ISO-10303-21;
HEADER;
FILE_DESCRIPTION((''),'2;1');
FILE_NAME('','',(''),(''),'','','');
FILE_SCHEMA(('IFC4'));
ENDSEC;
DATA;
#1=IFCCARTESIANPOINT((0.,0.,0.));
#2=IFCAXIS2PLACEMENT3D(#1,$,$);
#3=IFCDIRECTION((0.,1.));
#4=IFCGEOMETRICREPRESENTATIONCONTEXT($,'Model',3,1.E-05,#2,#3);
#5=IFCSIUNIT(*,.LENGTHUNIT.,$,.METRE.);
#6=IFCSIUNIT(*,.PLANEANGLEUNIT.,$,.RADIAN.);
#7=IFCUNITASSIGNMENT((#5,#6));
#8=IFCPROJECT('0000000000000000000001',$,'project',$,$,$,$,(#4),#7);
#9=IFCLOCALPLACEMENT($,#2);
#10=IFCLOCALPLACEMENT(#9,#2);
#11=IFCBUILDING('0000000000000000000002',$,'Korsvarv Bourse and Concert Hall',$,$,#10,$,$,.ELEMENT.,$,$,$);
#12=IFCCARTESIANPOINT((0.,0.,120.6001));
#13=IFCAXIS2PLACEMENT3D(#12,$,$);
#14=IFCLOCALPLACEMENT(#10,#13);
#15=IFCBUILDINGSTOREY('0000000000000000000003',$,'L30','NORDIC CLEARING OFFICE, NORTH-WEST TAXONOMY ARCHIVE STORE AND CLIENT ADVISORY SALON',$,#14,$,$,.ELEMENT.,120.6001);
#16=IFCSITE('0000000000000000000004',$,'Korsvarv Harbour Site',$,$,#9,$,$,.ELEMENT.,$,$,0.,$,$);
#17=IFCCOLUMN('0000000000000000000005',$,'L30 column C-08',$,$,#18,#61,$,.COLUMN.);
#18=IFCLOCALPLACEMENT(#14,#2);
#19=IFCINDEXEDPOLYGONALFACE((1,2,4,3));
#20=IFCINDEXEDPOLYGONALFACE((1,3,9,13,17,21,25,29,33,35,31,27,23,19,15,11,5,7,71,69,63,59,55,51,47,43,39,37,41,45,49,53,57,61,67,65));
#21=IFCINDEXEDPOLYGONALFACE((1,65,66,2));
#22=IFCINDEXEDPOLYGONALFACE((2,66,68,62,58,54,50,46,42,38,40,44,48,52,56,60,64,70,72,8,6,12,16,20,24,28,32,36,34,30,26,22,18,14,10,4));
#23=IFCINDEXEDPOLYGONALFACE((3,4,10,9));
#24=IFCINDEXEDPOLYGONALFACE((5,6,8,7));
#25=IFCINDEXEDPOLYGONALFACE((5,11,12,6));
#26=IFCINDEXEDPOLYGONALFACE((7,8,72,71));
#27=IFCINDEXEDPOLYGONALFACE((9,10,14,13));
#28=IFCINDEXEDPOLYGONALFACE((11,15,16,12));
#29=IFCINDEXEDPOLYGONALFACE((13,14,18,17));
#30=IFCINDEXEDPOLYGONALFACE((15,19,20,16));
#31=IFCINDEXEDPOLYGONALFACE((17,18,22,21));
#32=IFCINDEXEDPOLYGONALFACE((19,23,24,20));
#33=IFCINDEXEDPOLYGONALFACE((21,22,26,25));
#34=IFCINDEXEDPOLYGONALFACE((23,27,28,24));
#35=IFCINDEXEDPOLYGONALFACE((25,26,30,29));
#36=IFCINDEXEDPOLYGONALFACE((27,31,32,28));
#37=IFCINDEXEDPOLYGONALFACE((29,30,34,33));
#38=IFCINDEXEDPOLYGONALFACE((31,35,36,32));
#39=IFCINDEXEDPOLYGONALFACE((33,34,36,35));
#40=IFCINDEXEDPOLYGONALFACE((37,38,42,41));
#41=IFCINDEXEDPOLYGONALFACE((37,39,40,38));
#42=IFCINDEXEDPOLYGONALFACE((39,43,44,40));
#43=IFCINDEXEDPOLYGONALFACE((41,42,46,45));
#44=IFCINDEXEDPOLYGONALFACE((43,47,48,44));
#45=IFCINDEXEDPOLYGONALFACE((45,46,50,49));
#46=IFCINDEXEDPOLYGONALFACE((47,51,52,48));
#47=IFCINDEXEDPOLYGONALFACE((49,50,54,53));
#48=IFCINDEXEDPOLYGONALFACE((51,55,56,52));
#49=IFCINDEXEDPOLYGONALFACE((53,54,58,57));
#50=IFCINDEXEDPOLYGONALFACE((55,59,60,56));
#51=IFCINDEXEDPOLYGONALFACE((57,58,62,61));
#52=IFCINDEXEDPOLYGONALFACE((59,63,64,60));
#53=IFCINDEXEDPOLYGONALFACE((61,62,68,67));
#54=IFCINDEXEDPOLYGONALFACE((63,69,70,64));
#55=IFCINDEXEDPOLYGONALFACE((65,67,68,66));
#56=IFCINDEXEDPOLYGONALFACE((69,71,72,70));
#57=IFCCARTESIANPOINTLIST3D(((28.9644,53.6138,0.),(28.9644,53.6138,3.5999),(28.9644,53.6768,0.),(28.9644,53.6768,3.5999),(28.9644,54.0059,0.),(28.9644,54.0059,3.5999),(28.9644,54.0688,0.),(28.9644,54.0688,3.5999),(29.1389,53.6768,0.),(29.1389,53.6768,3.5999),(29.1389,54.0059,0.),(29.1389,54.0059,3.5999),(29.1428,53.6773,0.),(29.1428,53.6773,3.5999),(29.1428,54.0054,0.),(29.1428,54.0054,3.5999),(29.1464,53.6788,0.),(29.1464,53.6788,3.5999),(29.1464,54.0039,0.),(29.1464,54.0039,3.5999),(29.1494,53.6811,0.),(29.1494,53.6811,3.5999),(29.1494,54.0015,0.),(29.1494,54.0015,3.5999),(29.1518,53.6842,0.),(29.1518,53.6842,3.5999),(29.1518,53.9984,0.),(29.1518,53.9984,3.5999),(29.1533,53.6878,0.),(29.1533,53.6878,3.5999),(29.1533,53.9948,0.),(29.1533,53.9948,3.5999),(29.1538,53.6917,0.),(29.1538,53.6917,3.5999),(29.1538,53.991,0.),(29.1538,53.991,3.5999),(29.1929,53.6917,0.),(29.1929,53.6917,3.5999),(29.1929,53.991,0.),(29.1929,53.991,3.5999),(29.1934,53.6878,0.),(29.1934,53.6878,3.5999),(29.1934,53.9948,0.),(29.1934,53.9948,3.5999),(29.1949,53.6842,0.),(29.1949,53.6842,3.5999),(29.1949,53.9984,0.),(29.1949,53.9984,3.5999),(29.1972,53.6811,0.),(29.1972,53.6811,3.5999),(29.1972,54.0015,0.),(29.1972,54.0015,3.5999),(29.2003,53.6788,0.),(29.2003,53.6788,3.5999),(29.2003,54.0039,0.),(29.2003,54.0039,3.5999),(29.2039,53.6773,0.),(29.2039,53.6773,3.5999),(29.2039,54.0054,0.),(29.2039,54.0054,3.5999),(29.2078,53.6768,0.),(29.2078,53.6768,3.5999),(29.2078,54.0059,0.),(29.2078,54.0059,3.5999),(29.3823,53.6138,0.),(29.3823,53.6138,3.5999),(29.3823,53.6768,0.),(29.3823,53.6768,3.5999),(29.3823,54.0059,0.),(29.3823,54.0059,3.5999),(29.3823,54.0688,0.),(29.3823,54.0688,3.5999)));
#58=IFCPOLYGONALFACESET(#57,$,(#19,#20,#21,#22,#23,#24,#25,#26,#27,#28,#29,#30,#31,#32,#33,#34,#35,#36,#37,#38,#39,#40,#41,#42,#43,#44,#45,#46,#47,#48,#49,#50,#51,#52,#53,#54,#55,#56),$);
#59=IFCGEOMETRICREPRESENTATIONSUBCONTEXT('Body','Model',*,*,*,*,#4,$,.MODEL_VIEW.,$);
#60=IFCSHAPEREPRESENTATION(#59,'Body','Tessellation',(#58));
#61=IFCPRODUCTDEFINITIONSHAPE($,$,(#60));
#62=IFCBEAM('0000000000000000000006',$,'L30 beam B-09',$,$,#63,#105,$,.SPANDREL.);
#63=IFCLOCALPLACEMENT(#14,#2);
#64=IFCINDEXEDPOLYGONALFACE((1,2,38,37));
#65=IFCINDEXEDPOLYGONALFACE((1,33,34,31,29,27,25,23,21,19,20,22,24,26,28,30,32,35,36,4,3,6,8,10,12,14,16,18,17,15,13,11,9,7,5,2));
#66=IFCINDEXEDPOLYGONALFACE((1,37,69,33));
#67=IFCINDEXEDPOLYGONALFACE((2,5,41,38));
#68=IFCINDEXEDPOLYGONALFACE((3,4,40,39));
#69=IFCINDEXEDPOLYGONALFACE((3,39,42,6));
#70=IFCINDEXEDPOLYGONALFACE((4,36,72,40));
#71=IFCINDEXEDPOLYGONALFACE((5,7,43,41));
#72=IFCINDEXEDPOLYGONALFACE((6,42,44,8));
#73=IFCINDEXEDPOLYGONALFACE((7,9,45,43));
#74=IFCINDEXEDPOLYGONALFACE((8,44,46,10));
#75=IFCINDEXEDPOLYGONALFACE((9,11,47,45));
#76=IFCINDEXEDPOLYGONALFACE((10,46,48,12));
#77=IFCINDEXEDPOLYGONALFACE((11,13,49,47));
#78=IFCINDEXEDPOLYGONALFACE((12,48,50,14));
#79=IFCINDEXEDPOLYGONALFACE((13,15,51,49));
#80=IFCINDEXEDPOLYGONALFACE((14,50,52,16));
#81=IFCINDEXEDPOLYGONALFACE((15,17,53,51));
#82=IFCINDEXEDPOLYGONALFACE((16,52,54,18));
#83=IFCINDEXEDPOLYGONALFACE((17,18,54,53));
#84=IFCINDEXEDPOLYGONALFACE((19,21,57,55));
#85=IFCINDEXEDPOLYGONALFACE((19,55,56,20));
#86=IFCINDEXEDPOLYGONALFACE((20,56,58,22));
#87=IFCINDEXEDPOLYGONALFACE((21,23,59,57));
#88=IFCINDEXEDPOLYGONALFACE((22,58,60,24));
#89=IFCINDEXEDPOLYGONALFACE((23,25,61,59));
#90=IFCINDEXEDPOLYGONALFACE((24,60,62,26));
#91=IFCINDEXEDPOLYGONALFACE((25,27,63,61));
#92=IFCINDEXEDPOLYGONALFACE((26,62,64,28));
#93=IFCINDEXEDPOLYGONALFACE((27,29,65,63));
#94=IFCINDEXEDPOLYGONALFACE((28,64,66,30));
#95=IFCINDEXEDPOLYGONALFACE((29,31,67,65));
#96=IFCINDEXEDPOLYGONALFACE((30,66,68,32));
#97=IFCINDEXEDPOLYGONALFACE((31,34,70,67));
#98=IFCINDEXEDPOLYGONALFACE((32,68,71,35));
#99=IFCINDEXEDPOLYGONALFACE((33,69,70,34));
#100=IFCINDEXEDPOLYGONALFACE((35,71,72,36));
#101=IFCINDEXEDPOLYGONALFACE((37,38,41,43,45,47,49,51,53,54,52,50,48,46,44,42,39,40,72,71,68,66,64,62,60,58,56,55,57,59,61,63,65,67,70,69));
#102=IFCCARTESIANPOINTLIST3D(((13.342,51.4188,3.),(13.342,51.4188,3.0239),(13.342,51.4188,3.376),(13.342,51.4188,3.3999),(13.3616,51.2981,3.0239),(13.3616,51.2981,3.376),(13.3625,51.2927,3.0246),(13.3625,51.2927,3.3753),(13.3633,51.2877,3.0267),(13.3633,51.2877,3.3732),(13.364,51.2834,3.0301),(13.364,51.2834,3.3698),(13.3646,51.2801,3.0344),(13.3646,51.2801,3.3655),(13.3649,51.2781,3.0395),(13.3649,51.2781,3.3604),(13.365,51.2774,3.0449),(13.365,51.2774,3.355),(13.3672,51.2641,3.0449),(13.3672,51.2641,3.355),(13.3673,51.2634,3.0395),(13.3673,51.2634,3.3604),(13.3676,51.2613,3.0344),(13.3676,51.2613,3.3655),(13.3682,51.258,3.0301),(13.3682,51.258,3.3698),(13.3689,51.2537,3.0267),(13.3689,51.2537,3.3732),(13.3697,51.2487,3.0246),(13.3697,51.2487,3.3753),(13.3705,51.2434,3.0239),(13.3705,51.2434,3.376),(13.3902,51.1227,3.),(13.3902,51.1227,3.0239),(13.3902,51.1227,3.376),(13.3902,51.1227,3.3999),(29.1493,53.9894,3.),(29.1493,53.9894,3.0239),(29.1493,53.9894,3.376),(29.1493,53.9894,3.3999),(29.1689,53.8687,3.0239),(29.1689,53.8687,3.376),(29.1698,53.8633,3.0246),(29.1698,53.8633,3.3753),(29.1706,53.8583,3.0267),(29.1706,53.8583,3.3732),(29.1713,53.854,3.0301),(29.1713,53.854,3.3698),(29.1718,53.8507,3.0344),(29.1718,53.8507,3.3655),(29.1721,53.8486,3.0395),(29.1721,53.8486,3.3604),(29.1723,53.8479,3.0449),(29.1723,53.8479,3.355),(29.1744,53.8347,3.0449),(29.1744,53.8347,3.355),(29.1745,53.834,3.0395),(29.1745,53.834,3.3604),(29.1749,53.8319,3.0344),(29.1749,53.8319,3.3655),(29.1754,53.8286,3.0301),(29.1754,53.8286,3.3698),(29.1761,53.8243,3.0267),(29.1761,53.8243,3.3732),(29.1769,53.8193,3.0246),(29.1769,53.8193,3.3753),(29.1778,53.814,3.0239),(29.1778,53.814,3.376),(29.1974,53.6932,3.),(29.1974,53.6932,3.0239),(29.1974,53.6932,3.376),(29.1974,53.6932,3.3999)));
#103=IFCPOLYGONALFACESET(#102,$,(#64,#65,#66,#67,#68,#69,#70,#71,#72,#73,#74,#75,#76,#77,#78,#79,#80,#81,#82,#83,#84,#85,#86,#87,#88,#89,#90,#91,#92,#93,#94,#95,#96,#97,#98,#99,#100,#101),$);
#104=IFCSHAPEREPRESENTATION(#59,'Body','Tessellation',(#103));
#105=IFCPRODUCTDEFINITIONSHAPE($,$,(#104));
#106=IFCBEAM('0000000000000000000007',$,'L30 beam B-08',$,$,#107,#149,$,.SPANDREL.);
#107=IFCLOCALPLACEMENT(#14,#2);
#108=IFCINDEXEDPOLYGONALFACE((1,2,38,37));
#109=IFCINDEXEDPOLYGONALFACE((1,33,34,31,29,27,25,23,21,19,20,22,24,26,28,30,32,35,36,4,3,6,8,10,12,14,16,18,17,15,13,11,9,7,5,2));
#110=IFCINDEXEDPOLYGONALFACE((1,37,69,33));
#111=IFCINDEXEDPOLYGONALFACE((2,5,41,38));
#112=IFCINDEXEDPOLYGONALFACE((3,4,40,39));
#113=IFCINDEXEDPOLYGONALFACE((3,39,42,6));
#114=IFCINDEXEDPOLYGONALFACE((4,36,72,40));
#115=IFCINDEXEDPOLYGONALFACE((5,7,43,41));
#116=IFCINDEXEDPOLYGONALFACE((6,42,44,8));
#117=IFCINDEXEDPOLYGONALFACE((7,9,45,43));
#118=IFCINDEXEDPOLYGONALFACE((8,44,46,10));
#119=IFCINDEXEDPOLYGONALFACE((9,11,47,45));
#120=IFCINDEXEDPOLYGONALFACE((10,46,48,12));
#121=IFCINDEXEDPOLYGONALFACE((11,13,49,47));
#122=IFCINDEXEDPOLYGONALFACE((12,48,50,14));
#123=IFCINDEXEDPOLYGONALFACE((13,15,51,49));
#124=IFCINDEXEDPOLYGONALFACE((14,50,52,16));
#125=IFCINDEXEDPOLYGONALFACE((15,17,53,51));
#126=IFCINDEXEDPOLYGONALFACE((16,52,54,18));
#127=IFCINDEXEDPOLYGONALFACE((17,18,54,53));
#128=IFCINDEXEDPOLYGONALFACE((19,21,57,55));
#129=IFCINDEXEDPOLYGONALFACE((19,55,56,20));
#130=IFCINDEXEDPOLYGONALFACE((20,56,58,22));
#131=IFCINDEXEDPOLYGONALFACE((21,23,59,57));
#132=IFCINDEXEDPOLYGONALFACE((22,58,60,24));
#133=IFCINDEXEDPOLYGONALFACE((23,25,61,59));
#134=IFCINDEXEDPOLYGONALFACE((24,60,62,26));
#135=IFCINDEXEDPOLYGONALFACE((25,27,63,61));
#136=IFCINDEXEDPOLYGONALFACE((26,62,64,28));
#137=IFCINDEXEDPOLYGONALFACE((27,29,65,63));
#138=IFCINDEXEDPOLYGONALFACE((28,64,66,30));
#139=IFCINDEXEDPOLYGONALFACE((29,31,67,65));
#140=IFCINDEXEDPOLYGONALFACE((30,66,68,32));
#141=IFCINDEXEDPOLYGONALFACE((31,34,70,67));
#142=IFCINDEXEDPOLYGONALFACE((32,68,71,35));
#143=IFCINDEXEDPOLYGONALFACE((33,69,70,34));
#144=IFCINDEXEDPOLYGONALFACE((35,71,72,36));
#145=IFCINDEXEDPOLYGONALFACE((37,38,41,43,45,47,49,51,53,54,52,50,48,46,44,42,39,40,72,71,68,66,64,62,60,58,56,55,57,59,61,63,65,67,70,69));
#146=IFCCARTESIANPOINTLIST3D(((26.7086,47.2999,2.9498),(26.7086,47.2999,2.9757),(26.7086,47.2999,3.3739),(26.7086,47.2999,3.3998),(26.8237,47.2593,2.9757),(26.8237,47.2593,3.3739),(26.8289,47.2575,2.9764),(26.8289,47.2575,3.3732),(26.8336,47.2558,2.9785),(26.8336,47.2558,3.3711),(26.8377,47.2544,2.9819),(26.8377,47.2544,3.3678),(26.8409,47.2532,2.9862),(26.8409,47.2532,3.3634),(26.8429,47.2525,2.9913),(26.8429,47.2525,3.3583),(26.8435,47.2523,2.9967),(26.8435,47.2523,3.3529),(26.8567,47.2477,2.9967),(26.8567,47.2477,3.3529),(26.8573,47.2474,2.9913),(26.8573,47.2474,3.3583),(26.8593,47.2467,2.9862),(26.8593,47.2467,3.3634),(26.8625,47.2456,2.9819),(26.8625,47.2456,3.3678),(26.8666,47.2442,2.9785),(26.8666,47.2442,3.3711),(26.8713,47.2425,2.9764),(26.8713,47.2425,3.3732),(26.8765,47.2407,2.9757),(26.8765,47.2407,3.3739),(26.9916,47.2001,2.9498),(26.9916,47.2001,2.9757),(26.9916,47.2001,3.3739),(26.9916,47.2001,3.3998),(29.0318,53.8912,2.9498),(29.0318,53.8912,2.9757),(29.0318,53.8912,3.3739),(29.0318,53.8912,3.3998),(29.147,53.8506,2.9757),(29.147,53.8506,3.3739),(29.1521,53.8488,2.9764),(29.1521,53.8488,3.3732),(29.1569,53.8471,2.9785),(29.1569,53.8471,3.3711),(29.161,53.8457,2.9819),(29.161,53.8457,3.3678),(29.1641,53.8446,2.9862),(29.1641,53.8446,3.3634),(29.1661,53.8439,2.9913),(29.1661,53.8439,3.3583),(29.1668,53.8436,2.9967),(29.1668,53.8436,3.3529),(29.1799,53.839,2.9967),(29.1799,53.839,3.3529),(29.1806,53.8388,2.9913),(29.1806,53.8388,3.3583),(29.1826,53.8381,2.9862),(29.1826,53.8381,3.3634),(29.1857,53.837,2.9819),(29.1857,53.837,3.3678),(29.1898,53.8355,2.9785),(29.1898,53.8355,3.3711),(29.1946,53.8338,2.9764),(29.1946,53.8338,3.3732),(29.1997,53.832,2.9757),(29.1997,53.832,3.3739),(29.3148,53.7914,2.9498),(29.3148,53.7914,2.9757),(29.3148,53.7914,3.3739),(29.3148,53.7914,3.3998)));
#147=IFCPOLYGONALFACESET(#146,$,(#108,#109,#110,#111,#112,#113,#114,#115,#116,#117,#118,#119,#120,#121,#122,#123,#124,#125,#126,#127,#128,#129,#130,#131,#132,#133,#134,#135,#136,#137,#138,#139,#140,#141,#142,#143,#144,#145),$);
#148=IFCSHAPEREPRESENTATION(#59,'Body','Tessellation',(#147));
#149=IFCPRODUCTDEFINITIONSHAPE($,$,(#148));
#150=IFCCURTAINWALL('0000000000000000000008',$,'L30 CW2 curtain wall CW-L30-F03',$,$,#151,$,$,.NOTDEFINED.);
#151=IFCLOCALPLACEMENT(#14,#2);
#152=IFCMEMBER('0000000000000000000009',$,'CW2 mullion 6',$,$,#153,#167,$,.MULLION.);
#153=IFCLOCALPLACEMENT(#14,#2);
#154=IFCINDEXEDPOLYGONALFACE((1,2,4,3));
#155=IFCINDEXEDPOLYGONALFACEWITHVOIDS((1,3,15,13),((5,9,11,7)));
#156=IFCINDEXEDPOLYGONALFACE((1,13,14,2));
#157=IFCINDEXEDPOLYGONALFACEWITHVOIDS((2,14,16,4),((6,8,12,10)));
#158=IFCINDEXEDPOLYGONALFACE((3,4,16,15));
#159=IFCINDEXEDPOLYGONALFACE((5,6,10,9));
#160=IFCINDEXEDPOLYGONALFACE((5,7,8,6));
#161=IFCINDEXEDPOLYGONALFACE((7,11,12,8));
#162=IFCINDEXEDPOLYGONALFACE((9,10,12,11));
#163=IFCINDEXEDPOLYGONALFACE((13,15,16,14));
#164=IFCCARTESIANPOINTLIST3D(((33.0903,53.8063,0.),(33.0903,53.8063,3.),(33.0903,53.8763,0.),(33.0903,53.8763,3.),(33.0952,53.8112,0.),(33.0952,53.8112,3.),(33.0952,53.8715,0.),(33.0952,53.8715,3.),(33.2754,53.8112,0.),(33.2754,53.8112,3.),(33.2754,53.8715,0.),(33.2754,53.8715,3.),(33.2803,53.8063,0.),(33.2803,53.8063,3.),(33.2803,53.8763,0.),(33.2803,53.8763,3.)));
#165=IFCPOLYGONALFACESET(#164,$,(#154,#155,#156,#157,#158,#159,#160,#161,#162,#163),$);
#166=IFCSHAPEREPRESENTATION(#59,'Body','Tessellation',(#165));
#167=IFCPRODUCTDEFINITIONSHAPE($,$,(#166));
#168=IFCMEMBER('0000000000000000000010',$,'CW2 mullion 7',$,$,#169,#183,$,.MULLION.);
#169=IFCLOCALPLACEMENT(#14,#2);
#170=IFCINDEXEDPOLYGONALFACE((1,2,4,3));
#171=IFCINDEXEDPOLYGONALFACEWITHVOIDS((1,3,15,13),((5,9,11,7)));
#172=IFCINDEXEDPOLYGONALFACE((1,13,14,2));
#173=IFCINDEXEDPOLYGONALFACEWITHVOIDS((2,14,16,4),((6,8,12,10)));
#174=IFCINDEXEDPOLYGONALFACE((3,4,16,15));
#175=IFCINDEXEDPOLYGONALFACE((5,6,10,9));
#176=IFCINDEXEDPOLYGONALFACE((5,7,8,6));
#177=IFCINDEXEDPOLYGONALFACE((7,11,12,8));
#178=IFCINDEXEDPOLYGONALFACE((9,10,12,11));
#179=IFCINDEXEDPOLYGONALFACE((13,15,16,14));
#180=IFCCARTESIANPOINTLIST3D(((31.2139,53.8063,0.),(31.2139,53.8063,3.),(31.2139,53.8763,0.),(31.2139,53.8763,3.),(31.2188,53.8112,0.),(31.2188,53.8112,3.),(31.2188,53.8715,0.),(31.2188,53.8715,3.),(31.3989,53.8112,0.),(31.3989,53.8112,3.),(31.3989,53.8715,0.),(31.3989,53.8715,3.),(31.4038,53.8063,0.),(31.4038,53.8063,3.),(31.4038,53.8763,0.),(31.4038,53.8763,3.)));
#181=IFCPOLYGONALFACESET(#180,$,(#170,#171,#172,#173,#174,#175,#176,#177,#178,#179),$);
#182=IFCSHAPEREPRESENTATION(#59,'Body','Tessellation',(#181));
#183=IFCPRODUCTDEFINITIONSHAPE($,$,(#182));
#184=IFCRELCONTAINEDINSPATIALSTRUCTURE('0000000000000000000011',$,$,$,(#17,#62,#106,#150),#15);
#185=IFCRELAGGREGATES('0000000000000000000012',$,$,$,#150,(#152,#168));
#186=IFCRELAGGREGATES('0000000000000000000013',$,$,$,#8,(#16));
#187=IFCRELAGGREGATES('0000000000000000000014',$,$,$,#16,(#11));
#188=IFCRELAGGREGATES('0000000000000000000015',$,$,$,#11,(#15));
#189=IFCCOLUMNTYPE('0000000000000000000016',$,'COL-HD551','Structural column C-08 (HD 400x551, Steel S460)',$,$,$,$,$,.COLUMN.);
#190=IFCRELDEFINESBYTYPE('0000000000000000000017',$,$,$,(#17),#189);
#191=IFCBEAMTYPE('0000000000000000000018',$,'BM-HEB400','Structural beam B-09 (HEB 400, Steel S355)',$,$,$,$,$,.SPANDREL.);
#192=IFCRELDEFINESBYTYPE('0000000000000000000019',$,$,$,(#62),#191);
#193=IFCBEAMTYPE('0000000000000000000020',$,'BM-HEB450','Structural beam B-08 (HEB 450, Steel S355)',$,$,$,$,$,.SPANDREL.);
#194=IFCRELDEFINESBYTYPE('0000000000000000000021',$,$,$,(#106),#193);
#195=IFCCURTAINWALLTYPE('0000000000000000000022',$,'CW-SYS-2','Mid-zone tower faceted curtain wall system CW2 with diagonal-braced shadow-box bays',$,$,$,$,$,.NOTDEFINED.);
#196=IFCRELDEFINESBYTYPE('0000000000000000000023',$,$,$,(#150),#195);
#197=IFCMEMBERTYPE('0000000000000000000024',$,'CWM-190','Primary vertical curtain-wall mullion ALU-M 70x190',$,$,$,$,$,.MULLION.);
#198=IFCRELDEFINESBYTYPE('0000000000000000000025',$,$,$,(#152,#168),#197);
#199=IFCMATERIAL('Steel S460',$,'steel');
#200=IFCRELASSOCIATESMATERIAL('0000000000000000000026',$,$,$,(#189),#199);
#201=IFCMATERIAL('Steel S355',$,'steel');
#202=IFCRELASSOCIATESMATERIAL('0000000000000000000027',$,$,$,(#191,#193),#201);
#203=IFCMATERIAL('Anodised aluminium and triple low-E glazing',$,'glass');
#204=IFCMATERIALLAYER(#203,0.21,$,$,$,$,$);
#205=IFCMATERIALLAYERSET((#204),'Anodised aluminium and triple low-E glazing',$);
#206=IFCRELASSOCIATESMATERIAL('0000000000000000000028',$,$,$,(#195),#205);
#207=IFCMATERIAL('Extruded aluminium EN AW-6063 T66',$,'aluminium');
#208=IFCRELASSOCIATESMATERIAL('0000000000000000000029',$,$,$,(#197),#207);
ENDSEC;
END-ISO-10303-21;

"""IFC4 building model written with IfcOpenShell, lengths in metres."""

from ifc_helpers import new_model, si_unit, direction, frame, origin, origin_2d, place, context, subcontext, project, spatial, hollow_rectangle, i_section, extrude, source, transform, mapped, material, layer, layer_set, material_profile, profile_set, type_object, element, aggregate, save


model = new_model("IFC4")

# Units and contexts
model_context = context("Model", 3, precision=1e-05, world=origin(), true_north=direction((0.0, 1.0)))
body_context = subcontext(model_context, "Body", "Model", "MODEL_VIEW")
ifc_project = project(units=[si_unit("LENGTHUNIT", "METRE"), si_unit("PLANEANGLEUNIT", "RADIAN")], contexts=[model_context])

# Site, building, storey
site_placement = place(None, origin())
site = spatial("IfcSite", under=ifc_project, at=site_placement, Name="Korsvarv Harbour Site", CompositionType="ELEMENT", RefElevation=0.0)
building_placement = place(site_placement, origin())
building = spatial("IfcBuilding", under=site, at=building_placement, Name="Korsvarv Bourse and Concert Hall", CompositionType="ELEMENT")
storey_placement = place(building_placement, frame((0.0, 0.0, 120.6001)))
storey = spatial("IfcBuildingStorey", under=building, at=storey_placement, Name="L30", Description="NORDIC CLEARING OFFICE, NORTH-WEST TAXONOMY ARCHIVE STORE AND CLIENT ADVISORY SALON", CompositionType="ELEMENT", Elevation=120.6001)

# Column
ifc_material_1 = material(Name="Steel S460", Category="steel")
ifc_material_profile_1 = material_profile(ifc_material_1, i_section(OverallWidth=0.418, OverallDepth=0.4551, WebThickness=0.0391, FlangeThickness=0.063, FilletRadius=0.0149, at=origin_2d()), Name="HD 400x551")
ifc_profile_set_1 = profile_set([ifc_material_profile_1], Name="Steel S460")
column_type = type_object("IfcColumnType", Name="COL-HD551", Description="Structural column C-08 (HD 400x551, Steel S460)", PredefinedType="COLUMN", material=ifc_profile_set_1)
shared_shape_1 = source(origin(), body_context, "Body", "SweptSolid", [
    extrude(i_section(OverallWidth=0.418, OverallDepth=0.4551, WebThickness=0.0391, FlangeThickness=0.063, FilletRadius=0.0149, at=origin_2d()), origin(), (0.0, 0.0, 1.0), 3.5999),
])
column_placement = place(storey_placement, frame((29.1733, 53.8413, 0.0), z_axis=(0.0, 0.0, 1.0), x_axis=(1.0, 0.0, 0.0)))
element("IfcColumn", 1, at=column_placement, inside=storey, type_object=column_type, Name="L30 column C-08", PredefinedType="COLUMN", context=body_context, shape_type="MappedRepresentation", body=[
    mapped(shared_shape_1, transform((0.0, 0.0, 0.0), scale=1.0)),
])

# Beams
ifc_material_2 = material(Name="Steel S355", Category="steel")
ifc_material_profile_2 = material_profile(ifc_material_2, i_section(OverallWidth=0.3, OverallDepth=0.3999, WebThickness=0.0134, FlangeThickness=0.0239, FilletRadius=0.021, at=origin_2d()), Name="HEB 400")
ifc_profile_set_2 = profile_set([ifc_material_profile_2], Name="Steel S355")
beam_type_1 = type_object("IfcBeamType", Name="BM-HEB400", Description="Structural beam B-09 (HEB 400, Steel S355)", PredefinedType="SPANDREL", material=ifc_profile_set_2)
shared_shape_2 = source(origin(), body_context, "Body", "SweptSolid", [
    extrude(i_section(OverallWidth=0.3, OverallDepth=0.3999, WebThickness=0.0134, FlangeThickness=0.0239, FilletRadius=0.021, at=origin_2d()), origin(), (0.0, 0.0, 1.0), 16.0149),
])
beam_1_placement = place(storey_placement, frame((29.1733, 53.8413, 3.2), z_axis=(-0.987034, -0.160512, 0.0), x_axis=(0.160512, -0.987034, 0.0)))
element("IfcBeam", 2, at=beam_1_placement, inside=storey, type_object=beam_type_1, Name="L30 beam B-09", PredefinedType="SPANDREL", context=body_context, shape_type="MappedRepresentation", body=[
    mapped(shared_shape_2, transform((0.0, 0.0, 0.0), scale=1.0)),
])
ifc_material_profile_3 = material_profile(ifc_material_2, i_section(OverallWidth=0.3, OverallDepth=0.45, WebThickness=0.0139, FlangeThickness=0.0259, FilletRadius=0.021, at=origin_2d()), Name="HEB 450")
ifc_profile_set_3 = profile_set([ifc_material_profile_3], Name="Steel S355")
beam_type_2 = type_object("IfcBeamType", Name="BM-HEB450", Description="Structural beam B-08 (HEB 450, Steel S355)", PredefinedType="SPANDREL", material=ifc_profile_set_3)
shared_shape_3 = source(origin(), body_context, "Body", "SweptSolid", [
    extrude(i_section(OverallWidth=0.3, OverallDepth=0.45, WebThickness=0.0139, FlangeThickness=0.0259, FilletRadius=0.021, at=origin_2d()), origin(), (0.0, 0.0, 1.0), 6.9888),
])
beam_2_placement = place(storey_placement, frame((29.1733, 53.8413, 3.1748), z_axis=(-0.332425, -0.94313, 0.0), x_axis=(0.94313, -0.332425, 0.0)))
element("IfcBeam", 3, at=beam_2_placement, inside=storey, type_object=beam_type_2, Name="L30 beam B-08", PredefinedType="SPANDREL", context=body_context, shape_type="MappedRepresentation", body=[
    mapped(shared_shape_3, transform((0.0, 0.0, 0.0), scale=1.0)),
])

# Curtain wall, members
ifc_material_3 = material(Name="Anodised aluminium and triple low-E glazing", Category="glass")
ifc_layer_1 = layer(ifc_material_3, 0.21)
ifc_layer_set_1 = layer_set([ifc_layer_1], Name="Anodised aluminium and triple low-E glazing")
curtain_wall_type = type_object("IfcCurtainWallType", Name="CW-SYS-2", Description="Mid-zone tower faceted curtain wall system CW2 with diagonal-braced shadow-box bays", PredefinedType="NOTDEFINED", material=ifc_layer_set_1)
curtain_wall_placement = place(storey_placement, origin())
curtain_wall = element("IfcCurtainWall", 4, at=curtain_wall_placement, inside=storey, type_object=curtain_wall_type, Name="L30 CW2 curtain wall CW-L30-F03", PredefinedType="NOTDEFINED")
ifc_material_4 = material(Name="Extruded aluminium EN AW-6063 T66", Category="aluminium")
ifc_material_profile_4 = material_profile(ifc_material_4, hollow_rectangle(XDim=0.0701, YDim=0.1899, WallThickness=0.0049, at=origin_2d()), Name="ALU-M 70x190")
ifc_profile_set_4 = profile_set([ifc_material_profile_4], Name="Extruded aluminium EN AW-6063 T66")
member_type_1 = type_object("IfcMemberType", Name="CWM-190", Description="Primary vertical curtain-wall mullion ALU-M 70x190", PredefinedType="MULLION", material=ifc_profile_set_4)
shared_shape_4 = source(origin(), body_context, "Body", "SweptSolid", [
    extrude(hollow_rectangle(XDim=0.0701, YDim=0.1899, WallThickness=0.0049, at=origin_2d()), origin(), (0.0, 0.0, 1.0), 3.0),
])
member_1_placement = place(storey_placement, frame((33.1853, 53.8413, 0.0), z_axis=(0.0, 0.0, 1.0), x_axis=(0.0, -1.0, 0.0)))
member_1 = element("IfcMember", 5, at=member_1_placement, type_object=member_type_1, Name="CW2 mullion 6", PredefinedType="MULLION", context=body_context, shape_type="MappedRepresentation", body=[
    mapped(shared_shape_4, transform((0.0, 0.0, 0.0), scale=1.0)),
])
member_2_placement = place(storey_placement, frame((31.3088, 53.8413, 0.0), z_axis=(0.0, 0.0, 1.0), x_axis=(0.0, -1.0, 0.0)))
member_2 = element("IfcMember", 6, at=member_2_placement, type_object=member_type_1, Name="CW2 mullion 7", PredefinedType="MULLION", context=body_context, shape_type="MappedRepresentation", body=[
    mapped(shared_shape_4, transform((0.0, 0.0, 0.0), scale=1.0)),
])
aggregate(curtain_wall, [member_1, member_2])

save(model, "model.ifc")
